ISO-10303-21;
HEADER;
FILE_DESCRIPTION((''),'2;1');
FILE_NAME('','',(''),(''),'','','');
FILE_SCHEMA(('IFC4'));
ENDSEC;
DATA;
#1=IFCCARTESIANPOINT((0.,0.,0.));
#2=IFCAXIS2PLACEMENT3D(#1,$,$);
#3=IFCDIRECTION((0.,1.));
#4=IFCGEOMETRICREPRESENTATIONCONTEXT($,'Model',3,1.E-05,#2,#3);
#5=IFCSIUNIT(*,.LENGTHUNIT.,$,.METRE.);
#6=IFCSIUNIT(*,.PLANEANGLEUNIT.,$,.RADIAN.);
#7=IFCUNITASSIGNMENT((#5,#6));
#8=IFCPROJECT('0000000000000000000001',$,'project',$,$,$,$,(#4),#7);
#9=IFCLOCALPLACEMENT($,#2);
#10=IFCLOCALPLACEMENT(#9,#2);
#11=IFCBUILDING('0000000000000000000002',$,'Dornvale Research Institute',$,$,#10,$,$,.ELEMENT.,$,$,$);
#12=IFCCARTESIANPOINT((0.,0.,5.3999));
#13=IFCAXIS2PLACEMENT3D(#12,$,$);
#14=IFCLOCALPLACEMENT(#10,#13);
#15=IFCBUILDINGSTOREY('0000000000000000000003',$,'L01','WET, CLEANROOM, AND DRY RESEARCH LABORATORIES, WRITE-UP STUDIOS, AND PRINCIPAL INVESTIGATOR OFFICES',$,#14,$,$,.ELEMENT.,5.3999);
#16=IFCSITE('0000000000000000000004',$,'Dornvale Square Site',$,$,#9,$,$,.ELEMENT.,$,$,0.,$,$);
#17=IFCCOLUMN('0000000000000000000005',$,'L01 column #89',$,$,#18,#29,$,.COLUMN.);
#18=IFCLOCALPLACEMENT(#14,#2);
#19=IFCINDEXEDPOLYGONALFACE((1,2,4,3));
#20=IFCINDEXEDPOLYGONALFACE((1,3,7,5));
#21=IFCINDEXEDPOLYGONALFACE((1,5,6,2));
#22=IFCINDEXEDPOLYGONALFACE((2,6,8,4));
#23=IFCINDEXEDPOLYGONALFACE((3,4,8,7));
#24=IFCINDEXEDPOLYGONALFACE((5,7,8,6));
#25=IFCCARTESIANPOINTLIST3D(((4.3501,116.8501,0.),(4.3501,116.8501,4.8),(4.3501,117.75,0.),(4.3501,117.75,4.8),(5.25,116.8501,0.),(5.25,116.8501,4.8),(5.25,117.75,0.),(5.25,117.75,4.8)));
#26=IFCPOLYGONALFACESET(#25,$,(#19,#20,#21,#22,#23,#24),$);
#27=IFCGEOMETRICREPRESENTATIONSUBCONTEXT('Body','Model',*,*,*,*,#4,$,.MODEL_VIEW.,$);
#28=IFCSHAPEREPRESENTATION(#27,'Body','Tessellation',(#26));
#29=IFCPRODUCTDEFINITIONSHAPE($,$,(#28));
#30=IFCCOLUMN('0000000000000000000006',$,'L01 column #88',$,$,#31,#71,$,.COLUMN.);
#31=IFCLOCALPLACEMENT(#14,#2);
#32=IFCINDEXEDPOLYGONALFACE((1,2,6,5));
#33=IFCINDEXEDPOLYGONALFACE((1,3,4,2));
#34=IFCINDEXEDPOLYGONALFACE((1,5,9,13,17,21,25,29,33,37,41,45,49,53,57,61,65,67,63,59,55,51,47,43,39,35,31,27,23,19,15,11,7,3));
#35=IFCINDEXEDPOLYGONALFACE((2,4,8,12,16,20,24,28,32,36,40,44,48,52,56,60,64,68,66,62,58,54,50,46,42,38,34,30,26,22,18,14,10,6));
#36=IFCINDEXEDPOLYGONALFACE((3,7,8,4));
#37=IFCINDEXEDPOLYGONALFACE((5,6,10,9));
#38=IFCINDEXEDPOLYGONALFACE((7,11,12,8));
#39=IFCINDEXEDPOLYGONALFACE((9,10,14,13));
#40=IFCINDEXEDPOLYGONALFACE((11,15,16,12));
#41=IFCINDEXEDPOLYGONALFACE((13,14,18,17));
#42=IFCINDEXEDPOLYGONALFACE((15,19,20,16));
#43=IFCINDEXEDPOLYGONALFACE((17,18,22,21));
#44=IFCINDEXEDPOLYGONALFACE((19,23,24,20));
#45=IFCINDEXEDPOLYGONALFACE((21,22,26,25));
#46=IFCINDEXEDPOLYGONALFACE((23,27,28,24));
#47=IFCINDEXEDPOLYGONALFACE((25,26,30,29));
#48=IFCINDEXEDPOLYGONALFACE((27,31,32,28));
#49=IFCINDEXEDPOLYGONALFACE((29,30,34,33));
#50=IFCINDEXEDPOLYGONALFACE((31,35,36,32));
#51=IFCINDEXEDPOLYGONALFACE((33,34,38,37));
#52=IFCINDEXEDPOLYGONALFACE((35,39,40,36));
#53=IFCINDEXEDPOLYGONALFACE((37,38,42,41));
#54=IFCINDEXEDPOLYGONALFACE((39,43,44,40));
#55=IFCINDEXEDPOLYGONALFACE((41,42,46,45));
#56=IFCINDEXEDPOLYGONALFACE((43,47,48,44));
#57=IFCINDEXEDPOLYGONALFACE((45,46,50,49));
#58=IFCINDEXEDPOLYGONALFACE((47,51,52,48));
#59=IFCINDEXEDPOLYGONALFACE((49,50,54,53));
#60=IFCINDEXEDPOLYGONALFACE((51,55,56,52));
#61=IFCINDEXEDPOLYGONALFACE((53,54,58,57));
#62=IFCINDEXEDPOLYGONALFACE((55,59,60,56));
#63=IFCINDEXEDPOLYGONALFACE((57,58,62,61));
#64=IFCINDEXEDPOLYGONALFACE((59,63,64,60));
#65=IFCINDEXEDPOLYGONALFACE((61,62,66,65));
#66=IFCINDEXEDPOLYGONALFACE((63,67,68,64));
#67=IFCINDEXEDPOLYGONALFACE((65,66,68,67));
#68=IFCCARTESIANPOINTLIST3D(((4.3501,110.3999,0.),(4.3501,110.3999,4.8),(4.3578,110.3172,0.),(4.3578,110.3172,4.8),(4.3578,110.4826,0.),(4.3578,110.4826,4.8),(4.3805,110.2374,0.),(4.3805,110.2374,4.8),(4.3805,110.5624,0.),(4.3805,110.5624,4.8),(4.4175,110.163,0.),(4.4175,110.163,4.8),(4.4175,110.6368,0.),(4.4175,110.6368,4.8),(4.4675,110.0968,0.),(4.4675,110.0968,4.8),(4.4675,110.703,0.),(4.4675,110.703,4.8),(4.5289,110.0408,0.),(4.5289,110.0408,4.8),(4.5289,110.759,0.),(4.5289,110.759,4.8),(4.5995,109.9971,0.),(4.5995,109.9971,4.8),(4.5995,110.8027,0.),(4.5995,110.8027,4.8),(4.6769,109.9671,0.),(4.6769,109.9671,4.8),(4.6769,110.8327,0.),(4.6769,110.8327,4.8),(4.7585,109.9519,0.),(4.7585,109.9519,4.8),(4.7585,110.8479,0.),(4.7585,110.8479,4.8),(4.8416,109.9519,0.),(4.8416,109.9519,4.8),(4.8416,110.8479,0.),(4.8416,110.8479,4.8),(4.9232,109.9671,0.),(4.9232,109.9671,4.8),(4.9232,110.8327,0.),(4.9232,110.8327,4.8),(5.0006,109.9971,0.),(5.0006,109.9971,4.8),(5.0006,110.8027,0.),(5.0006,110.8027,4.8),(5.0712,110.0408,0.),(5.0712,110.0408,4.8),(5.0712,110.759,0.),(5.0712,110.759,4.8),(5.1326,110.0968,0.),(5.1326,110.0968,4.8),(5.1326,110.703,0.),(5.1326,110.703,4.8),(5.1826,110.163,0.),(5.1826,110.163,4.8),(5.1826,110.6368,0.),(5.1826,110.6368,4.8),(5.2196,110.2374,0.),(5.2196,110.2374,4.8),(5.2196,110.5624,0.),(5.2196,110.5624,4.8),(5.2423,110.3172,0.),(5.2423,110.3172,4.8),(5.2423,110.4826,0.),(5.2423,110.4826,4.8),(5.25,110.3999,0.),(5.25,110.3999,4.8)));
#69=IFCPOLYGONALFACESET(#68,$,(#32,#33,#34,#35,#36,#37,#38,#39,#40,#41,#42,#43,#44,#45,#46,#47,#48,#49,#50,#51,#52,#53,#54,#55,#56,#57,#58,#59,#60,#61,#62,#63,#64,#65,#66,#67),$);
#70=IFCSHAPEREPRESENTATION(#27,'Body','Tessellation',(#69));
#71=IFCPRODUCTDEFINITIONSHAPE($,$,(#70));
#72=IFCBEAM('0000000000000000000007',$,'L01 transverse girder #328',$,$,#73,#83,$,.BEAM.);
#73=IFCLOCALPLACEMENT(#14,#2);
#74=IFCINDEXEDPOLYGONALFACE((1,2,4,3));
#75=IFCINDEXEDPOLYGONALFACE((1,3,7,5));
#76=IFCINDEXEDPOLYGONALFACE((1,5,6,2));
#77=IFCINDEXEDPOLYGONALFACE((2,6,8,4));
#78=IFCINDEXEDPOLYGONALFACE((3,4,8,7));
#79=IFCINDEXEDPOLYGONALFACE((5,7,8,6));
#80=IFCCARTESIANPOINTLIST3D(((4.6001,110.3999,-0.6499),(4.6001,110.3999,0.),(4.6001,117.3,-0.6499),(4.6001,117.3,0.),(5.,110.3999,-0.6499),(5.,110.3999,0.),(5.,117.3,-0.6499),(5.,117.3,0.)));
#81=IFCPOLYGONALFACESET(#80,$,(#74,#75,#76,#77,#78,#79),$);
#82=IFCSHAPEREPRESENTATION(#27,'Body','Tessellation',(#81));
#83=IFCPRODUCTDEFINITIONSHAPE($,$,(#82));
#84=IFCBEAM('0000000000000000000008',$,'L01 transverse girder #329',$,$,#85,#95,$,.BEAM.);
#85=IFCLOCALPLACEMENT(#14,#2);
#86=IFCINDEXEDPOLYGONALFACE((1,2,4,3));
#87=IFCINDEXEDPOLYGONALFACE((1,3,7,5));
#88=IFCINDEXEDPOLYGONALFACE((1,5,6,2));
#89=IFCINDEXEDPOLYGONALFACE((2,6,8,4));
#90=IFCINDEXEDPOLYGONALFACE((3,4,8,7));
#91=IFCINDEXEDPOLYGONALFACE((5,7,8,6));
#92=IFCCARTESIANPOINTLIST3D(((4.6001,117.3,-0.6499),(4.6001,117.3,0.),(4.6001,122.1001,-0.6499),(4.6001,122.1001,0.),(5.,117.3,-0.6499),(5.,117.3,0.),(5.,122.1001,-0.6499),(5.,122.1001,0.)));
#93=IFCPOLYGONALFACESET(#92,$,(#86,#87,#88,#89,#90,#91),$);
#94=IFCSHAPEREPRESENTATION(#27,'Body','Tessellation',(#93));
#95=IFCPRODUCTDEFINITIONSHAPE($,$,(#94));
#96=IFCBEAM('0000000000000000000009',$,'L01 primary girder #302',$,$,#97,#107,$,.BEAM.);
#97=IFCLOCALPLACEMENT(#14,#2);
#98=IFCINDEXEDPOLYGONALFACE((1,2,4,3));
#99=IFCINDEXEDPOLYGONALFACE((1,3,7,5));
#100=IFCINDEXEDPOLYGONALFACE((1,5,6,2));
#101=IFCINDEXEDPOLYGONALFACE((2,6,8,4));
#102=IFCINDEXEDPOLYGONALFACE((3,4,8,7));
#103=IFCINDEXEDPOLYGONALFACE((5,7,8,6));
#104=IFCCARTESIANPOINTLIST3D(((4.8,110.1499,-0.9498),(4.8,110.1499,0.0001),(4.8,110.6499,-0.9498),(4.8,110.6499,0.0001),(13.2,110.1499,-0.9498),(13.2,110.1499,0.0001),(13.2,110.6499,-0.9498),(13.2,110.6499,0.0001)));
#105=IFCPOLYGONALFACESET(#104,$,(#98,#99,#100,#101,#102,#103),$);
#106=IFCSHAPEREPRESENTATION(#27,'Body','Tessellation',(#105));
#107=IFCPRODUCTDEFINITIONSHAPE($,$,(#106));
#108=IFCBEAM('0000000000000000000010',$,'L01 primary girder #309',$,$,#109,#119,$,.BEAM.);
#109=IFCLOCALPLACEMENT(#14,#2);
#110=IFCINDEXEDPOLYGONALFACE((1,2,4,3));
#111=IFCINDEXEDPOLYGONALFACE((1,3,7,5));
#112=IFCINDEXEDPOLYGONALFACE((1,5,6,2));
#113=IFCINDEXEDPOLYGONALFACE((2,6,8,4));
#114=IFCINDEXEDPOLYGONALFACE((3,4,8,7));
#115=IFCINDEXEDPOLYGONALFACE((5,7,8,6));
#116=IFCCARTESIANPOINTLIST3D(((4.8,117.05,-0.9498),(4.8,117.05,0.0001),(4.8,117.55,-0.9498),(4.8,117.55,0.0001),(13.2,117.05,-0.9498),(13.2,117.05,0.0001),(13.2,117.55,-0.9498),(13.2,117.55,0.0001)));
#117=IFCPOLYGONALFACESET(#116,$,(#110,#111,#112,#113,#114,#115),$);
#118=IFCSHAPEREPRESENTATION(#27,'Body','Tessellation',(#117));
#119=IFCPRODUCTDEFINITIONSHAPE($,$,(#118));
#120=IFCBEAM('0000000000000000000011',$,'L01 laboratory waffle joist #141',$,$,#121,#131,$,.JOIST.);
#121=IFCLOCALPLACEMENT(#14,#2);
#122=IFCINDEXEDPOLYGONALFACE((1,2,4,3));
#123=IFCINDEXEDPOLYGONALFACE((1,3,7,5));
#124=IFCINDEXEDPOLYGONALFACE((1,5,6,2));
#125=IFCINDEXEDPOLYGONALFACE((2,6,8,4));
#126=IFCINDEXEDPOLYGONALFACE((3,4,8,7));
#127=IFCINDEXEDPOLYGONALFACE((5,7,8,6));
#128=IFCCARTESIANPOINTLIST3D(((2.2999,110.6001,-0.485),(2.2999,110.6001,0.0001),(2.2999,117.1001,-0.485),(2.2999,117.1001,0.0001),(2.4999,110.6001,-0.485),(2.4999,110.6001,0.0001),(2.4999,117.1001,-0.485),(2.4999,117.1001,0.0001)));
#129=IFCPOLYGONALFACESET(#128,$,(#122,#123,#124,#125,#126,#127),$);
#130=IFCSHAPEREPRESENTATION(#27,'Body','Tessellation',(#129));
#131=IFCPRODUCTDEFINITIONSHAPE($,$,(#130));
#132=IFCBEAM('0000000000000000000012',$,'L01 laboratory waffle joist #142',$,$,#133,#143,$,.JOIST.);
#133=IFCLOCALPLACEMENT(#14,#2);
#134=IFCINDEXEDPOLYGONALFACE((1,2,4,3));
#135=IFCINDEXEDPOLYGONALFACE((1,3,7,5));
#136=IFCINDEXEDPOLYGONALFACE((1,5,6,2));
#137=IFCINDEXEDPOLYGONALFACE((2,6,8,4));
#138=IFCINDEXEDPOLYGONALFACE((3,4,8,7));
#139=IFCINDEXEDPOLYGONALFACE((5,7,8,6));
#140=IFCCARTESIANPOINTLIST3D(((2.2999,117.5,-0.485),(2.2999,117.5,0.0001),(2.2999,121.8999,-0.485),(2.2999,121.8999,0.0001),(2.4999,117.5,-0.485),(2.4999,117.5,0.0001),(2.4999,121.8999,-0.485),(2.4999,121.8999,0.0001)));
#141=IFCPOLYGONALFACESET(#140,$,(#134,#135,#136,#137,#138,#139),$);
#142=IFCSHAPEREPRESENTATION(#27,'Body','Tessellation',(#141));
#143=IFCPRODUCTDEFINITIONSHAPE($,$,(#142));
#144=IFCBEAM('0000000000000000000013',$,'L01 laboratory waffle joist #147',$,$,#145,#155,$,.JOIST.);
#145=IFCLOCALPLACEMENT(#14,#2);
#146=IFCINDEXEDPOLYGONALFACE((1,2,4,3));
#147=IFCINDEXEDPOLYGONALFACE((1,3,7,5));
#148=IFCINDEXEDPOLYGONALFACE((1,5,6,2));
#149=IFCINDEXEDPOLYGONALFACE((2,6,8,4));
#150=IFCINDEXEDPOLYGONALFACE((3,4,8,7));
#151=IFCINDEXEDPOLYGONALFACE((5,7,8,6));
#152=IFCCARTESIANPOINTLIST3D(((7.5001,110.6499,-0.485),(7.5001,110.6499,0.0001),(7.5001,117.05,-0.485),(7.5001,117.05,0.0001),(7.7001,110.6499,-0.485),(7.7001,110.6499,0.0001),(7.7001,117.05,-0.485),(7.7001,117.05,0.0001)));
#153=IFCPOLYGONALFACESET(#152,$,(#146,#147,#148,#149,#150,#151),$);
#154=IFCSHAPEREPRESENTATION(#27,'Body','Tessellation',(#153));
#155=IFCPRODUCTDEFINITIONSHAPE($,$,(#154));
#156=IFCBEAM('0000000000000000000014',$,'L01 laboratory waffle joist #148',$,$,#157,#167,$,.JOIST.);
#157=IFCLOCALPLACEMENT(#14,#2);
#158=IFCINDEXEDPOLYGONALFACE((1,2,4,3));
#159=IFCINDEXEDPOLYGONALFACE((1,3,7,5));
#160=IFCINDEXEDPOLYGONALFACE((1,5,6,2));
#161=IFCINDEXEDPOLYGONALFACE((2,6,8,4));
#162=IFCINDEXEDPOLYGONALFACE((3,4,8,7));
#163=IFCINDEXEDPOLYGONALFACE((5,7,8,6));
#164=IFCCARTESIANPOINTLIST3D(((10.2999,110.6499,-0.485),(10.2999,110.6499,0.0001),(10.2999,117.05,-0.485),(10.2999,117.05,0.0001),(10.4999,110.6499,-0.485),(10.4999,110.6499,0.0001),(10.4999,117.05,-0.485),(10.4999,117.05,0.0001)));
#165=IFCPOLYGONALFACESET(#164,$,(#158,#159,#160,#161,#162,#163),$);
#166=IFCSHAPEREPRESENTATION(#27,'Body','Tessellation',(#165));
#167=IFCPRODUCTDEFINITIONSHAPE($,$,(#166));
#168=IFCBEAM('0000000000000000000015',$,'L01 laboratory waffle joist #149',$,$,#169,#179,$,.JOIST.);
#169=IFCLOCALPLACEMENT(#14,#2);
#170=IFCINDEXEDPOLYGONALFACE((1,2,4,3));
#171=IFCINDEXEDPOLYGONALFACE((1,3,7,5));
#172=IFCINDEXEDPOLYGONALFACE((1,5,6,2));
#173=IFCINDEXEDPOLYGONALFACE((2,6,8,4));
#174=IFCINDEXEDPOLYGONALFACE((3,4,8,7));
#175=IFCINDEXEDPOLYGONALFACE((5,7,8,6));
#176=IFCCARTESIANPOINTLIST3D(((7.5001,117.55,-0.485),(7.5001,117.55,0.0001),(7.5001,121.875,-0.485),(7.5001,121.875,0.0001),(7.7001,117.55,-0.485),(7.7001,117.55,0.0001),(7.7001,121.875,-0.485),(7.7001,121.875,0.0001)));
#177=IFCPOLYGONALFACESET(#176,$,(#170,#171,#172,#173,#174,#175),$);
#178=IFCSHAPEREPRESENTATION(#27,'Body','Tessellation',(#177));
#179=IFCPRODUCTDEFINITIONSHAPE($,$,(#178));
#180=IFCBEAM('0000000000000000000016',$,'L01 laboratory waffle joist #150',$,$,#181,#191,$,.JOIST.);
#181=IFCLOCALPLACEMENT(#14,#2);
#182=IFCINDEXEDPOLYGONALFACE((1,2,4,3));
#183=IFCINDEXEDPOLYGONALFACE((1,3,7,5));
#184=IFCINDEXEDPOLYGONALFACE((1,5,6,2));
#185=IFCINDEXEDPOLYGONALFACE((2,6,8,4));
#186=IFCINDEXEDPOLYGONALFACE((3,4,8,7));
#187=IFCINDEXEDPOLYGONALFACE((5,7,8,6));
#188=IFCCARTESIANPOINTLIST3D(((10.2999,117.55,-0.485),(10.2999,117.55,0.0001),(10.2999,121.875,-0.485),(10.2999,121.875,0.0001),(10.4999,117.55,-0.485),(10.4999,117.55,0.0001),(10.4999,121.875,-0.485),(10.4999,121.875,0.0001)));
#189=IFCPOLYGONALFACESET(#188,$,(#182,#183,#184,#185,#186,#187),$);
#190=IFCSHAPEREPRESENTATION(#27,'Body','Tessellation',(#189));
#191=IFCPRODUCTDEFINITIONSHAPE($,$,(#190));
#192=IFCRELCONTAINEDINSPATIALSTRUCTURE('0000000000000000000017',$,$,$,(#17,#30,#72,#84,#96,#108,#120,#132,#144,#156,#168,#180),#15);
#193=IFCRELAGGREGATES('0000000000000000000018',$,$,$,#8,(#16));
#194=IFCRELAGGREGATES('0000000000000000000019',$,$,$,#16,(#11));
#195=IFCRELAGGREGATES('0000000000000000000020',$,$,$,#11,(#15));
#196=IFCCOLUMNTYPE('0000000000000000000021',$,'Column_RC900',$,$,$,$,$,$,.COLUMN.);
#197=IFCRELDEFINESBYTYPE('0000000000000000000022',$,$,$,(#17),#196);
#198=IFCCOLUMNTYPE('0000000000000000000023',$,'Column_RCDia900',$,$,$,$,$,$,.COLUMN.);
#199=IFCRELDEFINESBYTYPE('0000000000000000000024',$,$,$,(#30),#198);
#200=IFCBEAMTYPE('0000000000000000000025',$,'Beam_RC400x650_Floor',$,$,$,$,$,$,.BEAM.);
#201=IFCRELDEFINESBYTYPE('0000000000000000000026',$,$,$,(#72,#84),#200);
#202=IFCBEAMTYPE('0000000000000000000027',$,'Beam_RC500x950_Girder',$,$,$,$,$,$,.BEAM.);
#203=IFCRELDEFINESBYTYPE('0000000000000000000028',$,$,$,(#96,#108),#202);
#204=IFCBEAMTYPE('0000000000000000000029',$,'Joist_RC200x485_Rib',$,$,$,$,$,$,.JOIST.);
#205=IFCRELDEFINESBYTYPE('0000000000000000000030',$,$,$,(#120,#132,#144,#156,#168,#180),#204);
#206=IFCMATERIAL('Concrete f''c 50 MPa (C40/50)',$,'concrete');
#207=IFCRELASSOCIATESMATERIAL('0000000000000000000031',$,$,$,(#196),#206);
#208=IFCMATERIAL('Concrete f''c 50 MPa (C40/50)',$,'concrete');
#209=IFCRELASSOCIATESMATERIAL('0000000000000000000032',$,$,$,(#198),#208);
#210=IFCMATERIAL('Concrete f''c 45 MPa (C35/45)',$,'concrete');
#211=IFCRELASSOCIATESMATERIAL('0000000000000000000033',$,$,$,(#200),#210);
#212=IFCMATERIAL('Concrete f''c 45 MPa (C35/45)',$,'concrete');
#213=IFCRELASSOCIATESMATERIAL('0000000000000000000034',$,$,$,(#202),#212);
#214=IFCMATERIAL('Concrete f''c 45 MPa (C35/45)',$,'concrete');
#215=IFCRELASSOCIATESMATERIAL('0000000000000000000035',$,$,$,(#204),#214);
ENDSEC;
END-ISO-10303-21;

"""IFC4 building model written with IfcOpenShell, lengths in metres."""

from ifc_helpers import new_model, si_unit, direction, frame, origin, origin_2d, place, context, subcontext, project, spatial, rectangle, circle, extrude, material, material_profile, profile_set, type_object, element, save


model = new_model("IFC4")

# Units and contexts
model_context = context("Model", 3, precision=1e-05, world=origin(), true_north=direction((0.0, 1.0)))
body_context = subcontext(model_context, "Body", "Model", "MODEL_VIEW")
ifc_project = project(units=[si_unit("LENGTHUNIT", "METRE"), si_unit("PLANEANGLEUNIT", "RADIAN")], contexts=[model_context])

# Site, building, storey
site_placement = place(None, origin())
site = spatial("IfcSite", under=ifc_project, at=site_placement, Name="Dornvale Square Site", CompositionType="ELEMENT", RefElevation=0.0)
building_placement = place(site_placement, origin())
building = spatial("IfcBuilding", under=site, at=building_placement, Name="Dornvale Research Institute", CompositionType="ELEMENT")
storey_placement = place(building_placement, frame((0.0, 0.0, 5.3999)))
storey = spatial("IfcBuildingStorey", under=building, at=storey_placement, Name="L01", Description="WET, CLEANROOM, AND DRY RESEARCH LABORATORIES, WRITE-UP STUDIOS, AND PRINCIPAL INVESTIGATOR OFFICES", CompositionType="ELEMENT", Elevation=5.3999)

# Columns
ifc_material_1 = material(Name="Concrete f'c 50 MPa (C40/50)", Category="concrete")
ifc_material_profile_1 = material_profile(ifc_material_1, rectangle(XDim=0.8999, YDim=0.8999, at=origin_2d()), Name="RC 900x900")
ifc_profile_set_1 = profile_set([ifc_material_profile_1], Name="Concrete f'c 50 MPa (C40/50)")
column_type_1 = type_object("IfcColumnType", Name="Column_RC900", PredefinedType="COLUMN", material=ifc_profile_set_1)
column_1_placement = place(storey_placement, frame((4.8, 117.3, 0.0), z_axis=(0.0, 0.0, 1.0), x_axis=(1.0, 0.0, 0.0)))
element("IfcColumn", 1, at=column_1_placement, inside=storey, type_object=column_type_1, Name="L01 column #89", PredefinedType="COLUMN", context=body_context, shape_type="SweptSolid", body=[
    extrude(rectangle(XDim=0.8999, YDim=0.8999, at=origin_2d()), origin(), (0.0, 0.0, 1.0), 4.8),
])
ifc_material_2 = material(Name="Concrete f'c 50 MPa (C40/50)", Category="concrete")
ifc_material_profile_2 = material_profile(ifc_material_2, circle(Radius=0.45, at=origin_2d()), Name="RC DIA 900")
ifc_profile_set_2 = profile_set([ifc_material_profile_2], Name="Concrete f'c 50 MPa (C40/50)")
column_type_2 = type_object("IfcColumnType", Name="Column_RCDia900", PredefinedType="COLUMN", material=ifc_profile_set_2)
column_2_placement = place(storey_placement, frame((4.8, 110.3999, 0.0), z_axis=(0.0, 0.0, 1.0), x_axis=(1.0, 0.0, 0.0)))
element("IfcColumn", 2, at=column_2_placement, inside=storey, type_object=column_type_2, Name="L01 column #88", PredefinedType="COLUMN", context=body_context, shape_type="SweptSolid", body=[
    extrude(circle(Radius=0.45, at=origin_2d()), origin(), (0.0, 0.0, 1.0), 4.8),
])

# Beams
ifc_material_3 = material(Name="Concrete f'c 45 MPa (C35/45)", Category="concrete")
ifc_material_profile_3 = material_profile(ifc_material_3, rectangle(XDim=0.3999, YDim=0.6499, at=origin_2d()), Name="RC 400x650")
ifc_profile_set_3 = profile_set([ifc_material_profile_3], Name="Concrete f'c 45 MPa (C35/45)")
beam_type_1 = type_object("IfcBeamType", Name="Beam_RC400x650_Floor", PredefinedType="BEAM", material=ifc_profile_set_3)
beam_1_placement = place(storey_placement, frame((4.8, 110.3999, -0.325), z_axis=(0.0, 1.0, 0.0), x_axis=(-1.0, 0.0, 0.0)))
element("IfcBeam", 3, at=beam_1_placement, inside=storey, type_object=beam_type_1, Name="L01 transverse girder #328", PredefinedType="BEAM", context=body_context, shape_type="SweptSolid", body=[
    extrude(rectangle(XDim=0.3999, YDim=0.6499, at=origin_2d()), origin(), (0.0, 0.0, 1.0), 6.9001),
])
beam_2_placement = place(storey_placement, frame((4.8, 117.3, -0.325), z_axis=(0.0, 1.0, 0.0), x_axis=(-1.0, 0.0, 0.0)))
element("IfcBeam", 4, at=beam_2_placement, inside=storey, type_object=beam_type_1, Name="L01 transverse girder #329", PredefinedType="BEAM", context=body_context, shape_type="SweptSolid", body=[
    extrude(rectangle(XDim=0.3999, YDim=0.6499, at=origin_2d()), origin(), (0.0, 0.0, 1.0), 4.8),
])
ifc_material_4 = material(Name="Concrete f'c 45 MPa (C35/45)", Category="concrete")
ifc_material_profile_4 = material_profile(ifc_material_4, rectangle(XDim=0.5, YDim=0.95, at=origin_2d()), Name="RC 500x950")
ifc_profile_set_4 = profile_set([ifc_material_profile_4], Name="Concrete f'c 45 MPa (C35/45)")
beam_type_2 = type_object("IfcBeamType", Name="Beam_RC500x950_Girder", PredefinedType="BEAM", material=ifc_profile_set_4)
for number, where, z_axis, x_axis, name in (
    (5, (4.8, 110.3999, -0.4749), (1.0, 0.0, 0.0), (0.0, 1.0, 0.0), "L01 primary girder #302"),
    (6, (4.8, 117.3, -0.4749), (1.0, 0.0, 0.0), (0.0, 1.0, 0.0), "L01 primary girder #309"),
):
    element("IfcBeam", number, at=place(storey_placement, frame(where, z_axis=z_axis, x_axis=x_axis)), inside=storey, type_object=beam_type_2, Name=name, PredefinedType="BEAM", context=body_context, shape_type="SweptSolid", body=[
        extrude(rectangle(XDim=0.5, YDim=0.95, at=origin_2d()), origin(), (0.0, 0.0, 1.0), 8.3999),
    ])
ifc_material_5 = material(Name="Concrete f'c 45 MPa (C35/45)", Category="concrete")
ifc_material_profile_5 = material_profile(ifc_material_5, rectangle(XDim=0.2, YDim=0.4851, at=origin_2d()), Name="RC 200x485")
ifc_profile_set_5 = profile_set([ifc_material_profile_5], Name="Concrete f'c 45 MPa (C35/45)")
beam_type_3 = type_object("IfcBeamType", Name="Joist_RC200x485_Rib", PredefinedType="JOIST", material=ifc_profile_set_5)
beam_3_placement = place(storey_placement, frame((2.3999, 110.6001, -0.2424), z_axis=(0.0, 1.0, 0.0), x_axis=(-1.0, 0.0, 0.0)))
element("IfcBeam", 7, at=beam_3_placement, inside=storey, type_object=beam_type_3, Name="L01 laboratory waffle joist #141", PredefinedType="JOIST", context=body_context, shape_type="SweptSolid", body=[
    extrude(rectangle(XDim=0.2, YDim=0.4851, at=origin_2d()), origin(), (0.0, 0.0, 1.0), 6.5),
])
beam_4_placement = place(storey_placement, frame((2.3999, 117.5, -0.2424), z_axis=(0.0, 1.0, 0.0), x_axis=(-1.0, 0.0, 0.0)))
element("IfcBeam", 8, at=beam_4_placement, inside=storey, type_object=beam_type_3, Name="L01 laboratory waffle joist #142", PredefinedType="JOIST", context=body_context, shape_type="SweptSolid", body=[
    extrude(rectangle(XDim=0.2, YDim=0.4851, at=origin_2d()), origin(), (0.0, 0.0, 1.0), 4.3999),
])
for number, where, z_axis, x_axis, name in (
    (9, (7.6001, 110.6499, -0.2424), (0.0, 1.0, 0.0), (-1.0, 0.0, 0.0), "L01 laboratory waffle joist #147"),
    (10, (10.3999, 110.6499, -0.2424), (0.0, 1.0, 0.0), (-1.0, 0.0, 0.0), "L01 laboratory waffle joist #148"),
):
    element("IfcBeam", number, at=place(storey_placement, frame(where, z_axis=z_axis, x_axis=x_axis)), inside=storey, type_object=beam_type_3, Name=name, PredefinedType="JOIST", context=body_context, shape_type="SweptSolid", body=[
        extrude(rectangle(XDim=0.2, YDim=0.4851, at=origin_2d()), origin(), (0.0, 0.0, 1.0), 6.4001),
    ])
for number, where, z_axis, x_axis, name in (
    (11, (7.6001, 117.55, -0.2424), (0.0, 1.0, 0.0), (-1.0, 0.0, 0.0), "L01 laboratory waffle joist #149"),
    (12, (10.3999, 117.55, -0.2424), (0.0, 1.0, 0.0), (-1.0, 0.0, 0.0), "L01 laboratory waffle joist #150"),
):
    element("IfcBeam", number, at=place(storey_placement, frame(where, z_axis=z_axis, x_axis=x_axis)), inside=storey, type_object=beam_type_3, Name=name, PredefinedType="JOIST", context=body_context, shape_type="SweptSolid", body=[
        extrude(rectangle(XDim=0.2, YDim=0.4851, at=origin_2d()), origin(), (0.0, 0.0, 1.0), 4.325),
    ])

save(model, "model.ifc")
